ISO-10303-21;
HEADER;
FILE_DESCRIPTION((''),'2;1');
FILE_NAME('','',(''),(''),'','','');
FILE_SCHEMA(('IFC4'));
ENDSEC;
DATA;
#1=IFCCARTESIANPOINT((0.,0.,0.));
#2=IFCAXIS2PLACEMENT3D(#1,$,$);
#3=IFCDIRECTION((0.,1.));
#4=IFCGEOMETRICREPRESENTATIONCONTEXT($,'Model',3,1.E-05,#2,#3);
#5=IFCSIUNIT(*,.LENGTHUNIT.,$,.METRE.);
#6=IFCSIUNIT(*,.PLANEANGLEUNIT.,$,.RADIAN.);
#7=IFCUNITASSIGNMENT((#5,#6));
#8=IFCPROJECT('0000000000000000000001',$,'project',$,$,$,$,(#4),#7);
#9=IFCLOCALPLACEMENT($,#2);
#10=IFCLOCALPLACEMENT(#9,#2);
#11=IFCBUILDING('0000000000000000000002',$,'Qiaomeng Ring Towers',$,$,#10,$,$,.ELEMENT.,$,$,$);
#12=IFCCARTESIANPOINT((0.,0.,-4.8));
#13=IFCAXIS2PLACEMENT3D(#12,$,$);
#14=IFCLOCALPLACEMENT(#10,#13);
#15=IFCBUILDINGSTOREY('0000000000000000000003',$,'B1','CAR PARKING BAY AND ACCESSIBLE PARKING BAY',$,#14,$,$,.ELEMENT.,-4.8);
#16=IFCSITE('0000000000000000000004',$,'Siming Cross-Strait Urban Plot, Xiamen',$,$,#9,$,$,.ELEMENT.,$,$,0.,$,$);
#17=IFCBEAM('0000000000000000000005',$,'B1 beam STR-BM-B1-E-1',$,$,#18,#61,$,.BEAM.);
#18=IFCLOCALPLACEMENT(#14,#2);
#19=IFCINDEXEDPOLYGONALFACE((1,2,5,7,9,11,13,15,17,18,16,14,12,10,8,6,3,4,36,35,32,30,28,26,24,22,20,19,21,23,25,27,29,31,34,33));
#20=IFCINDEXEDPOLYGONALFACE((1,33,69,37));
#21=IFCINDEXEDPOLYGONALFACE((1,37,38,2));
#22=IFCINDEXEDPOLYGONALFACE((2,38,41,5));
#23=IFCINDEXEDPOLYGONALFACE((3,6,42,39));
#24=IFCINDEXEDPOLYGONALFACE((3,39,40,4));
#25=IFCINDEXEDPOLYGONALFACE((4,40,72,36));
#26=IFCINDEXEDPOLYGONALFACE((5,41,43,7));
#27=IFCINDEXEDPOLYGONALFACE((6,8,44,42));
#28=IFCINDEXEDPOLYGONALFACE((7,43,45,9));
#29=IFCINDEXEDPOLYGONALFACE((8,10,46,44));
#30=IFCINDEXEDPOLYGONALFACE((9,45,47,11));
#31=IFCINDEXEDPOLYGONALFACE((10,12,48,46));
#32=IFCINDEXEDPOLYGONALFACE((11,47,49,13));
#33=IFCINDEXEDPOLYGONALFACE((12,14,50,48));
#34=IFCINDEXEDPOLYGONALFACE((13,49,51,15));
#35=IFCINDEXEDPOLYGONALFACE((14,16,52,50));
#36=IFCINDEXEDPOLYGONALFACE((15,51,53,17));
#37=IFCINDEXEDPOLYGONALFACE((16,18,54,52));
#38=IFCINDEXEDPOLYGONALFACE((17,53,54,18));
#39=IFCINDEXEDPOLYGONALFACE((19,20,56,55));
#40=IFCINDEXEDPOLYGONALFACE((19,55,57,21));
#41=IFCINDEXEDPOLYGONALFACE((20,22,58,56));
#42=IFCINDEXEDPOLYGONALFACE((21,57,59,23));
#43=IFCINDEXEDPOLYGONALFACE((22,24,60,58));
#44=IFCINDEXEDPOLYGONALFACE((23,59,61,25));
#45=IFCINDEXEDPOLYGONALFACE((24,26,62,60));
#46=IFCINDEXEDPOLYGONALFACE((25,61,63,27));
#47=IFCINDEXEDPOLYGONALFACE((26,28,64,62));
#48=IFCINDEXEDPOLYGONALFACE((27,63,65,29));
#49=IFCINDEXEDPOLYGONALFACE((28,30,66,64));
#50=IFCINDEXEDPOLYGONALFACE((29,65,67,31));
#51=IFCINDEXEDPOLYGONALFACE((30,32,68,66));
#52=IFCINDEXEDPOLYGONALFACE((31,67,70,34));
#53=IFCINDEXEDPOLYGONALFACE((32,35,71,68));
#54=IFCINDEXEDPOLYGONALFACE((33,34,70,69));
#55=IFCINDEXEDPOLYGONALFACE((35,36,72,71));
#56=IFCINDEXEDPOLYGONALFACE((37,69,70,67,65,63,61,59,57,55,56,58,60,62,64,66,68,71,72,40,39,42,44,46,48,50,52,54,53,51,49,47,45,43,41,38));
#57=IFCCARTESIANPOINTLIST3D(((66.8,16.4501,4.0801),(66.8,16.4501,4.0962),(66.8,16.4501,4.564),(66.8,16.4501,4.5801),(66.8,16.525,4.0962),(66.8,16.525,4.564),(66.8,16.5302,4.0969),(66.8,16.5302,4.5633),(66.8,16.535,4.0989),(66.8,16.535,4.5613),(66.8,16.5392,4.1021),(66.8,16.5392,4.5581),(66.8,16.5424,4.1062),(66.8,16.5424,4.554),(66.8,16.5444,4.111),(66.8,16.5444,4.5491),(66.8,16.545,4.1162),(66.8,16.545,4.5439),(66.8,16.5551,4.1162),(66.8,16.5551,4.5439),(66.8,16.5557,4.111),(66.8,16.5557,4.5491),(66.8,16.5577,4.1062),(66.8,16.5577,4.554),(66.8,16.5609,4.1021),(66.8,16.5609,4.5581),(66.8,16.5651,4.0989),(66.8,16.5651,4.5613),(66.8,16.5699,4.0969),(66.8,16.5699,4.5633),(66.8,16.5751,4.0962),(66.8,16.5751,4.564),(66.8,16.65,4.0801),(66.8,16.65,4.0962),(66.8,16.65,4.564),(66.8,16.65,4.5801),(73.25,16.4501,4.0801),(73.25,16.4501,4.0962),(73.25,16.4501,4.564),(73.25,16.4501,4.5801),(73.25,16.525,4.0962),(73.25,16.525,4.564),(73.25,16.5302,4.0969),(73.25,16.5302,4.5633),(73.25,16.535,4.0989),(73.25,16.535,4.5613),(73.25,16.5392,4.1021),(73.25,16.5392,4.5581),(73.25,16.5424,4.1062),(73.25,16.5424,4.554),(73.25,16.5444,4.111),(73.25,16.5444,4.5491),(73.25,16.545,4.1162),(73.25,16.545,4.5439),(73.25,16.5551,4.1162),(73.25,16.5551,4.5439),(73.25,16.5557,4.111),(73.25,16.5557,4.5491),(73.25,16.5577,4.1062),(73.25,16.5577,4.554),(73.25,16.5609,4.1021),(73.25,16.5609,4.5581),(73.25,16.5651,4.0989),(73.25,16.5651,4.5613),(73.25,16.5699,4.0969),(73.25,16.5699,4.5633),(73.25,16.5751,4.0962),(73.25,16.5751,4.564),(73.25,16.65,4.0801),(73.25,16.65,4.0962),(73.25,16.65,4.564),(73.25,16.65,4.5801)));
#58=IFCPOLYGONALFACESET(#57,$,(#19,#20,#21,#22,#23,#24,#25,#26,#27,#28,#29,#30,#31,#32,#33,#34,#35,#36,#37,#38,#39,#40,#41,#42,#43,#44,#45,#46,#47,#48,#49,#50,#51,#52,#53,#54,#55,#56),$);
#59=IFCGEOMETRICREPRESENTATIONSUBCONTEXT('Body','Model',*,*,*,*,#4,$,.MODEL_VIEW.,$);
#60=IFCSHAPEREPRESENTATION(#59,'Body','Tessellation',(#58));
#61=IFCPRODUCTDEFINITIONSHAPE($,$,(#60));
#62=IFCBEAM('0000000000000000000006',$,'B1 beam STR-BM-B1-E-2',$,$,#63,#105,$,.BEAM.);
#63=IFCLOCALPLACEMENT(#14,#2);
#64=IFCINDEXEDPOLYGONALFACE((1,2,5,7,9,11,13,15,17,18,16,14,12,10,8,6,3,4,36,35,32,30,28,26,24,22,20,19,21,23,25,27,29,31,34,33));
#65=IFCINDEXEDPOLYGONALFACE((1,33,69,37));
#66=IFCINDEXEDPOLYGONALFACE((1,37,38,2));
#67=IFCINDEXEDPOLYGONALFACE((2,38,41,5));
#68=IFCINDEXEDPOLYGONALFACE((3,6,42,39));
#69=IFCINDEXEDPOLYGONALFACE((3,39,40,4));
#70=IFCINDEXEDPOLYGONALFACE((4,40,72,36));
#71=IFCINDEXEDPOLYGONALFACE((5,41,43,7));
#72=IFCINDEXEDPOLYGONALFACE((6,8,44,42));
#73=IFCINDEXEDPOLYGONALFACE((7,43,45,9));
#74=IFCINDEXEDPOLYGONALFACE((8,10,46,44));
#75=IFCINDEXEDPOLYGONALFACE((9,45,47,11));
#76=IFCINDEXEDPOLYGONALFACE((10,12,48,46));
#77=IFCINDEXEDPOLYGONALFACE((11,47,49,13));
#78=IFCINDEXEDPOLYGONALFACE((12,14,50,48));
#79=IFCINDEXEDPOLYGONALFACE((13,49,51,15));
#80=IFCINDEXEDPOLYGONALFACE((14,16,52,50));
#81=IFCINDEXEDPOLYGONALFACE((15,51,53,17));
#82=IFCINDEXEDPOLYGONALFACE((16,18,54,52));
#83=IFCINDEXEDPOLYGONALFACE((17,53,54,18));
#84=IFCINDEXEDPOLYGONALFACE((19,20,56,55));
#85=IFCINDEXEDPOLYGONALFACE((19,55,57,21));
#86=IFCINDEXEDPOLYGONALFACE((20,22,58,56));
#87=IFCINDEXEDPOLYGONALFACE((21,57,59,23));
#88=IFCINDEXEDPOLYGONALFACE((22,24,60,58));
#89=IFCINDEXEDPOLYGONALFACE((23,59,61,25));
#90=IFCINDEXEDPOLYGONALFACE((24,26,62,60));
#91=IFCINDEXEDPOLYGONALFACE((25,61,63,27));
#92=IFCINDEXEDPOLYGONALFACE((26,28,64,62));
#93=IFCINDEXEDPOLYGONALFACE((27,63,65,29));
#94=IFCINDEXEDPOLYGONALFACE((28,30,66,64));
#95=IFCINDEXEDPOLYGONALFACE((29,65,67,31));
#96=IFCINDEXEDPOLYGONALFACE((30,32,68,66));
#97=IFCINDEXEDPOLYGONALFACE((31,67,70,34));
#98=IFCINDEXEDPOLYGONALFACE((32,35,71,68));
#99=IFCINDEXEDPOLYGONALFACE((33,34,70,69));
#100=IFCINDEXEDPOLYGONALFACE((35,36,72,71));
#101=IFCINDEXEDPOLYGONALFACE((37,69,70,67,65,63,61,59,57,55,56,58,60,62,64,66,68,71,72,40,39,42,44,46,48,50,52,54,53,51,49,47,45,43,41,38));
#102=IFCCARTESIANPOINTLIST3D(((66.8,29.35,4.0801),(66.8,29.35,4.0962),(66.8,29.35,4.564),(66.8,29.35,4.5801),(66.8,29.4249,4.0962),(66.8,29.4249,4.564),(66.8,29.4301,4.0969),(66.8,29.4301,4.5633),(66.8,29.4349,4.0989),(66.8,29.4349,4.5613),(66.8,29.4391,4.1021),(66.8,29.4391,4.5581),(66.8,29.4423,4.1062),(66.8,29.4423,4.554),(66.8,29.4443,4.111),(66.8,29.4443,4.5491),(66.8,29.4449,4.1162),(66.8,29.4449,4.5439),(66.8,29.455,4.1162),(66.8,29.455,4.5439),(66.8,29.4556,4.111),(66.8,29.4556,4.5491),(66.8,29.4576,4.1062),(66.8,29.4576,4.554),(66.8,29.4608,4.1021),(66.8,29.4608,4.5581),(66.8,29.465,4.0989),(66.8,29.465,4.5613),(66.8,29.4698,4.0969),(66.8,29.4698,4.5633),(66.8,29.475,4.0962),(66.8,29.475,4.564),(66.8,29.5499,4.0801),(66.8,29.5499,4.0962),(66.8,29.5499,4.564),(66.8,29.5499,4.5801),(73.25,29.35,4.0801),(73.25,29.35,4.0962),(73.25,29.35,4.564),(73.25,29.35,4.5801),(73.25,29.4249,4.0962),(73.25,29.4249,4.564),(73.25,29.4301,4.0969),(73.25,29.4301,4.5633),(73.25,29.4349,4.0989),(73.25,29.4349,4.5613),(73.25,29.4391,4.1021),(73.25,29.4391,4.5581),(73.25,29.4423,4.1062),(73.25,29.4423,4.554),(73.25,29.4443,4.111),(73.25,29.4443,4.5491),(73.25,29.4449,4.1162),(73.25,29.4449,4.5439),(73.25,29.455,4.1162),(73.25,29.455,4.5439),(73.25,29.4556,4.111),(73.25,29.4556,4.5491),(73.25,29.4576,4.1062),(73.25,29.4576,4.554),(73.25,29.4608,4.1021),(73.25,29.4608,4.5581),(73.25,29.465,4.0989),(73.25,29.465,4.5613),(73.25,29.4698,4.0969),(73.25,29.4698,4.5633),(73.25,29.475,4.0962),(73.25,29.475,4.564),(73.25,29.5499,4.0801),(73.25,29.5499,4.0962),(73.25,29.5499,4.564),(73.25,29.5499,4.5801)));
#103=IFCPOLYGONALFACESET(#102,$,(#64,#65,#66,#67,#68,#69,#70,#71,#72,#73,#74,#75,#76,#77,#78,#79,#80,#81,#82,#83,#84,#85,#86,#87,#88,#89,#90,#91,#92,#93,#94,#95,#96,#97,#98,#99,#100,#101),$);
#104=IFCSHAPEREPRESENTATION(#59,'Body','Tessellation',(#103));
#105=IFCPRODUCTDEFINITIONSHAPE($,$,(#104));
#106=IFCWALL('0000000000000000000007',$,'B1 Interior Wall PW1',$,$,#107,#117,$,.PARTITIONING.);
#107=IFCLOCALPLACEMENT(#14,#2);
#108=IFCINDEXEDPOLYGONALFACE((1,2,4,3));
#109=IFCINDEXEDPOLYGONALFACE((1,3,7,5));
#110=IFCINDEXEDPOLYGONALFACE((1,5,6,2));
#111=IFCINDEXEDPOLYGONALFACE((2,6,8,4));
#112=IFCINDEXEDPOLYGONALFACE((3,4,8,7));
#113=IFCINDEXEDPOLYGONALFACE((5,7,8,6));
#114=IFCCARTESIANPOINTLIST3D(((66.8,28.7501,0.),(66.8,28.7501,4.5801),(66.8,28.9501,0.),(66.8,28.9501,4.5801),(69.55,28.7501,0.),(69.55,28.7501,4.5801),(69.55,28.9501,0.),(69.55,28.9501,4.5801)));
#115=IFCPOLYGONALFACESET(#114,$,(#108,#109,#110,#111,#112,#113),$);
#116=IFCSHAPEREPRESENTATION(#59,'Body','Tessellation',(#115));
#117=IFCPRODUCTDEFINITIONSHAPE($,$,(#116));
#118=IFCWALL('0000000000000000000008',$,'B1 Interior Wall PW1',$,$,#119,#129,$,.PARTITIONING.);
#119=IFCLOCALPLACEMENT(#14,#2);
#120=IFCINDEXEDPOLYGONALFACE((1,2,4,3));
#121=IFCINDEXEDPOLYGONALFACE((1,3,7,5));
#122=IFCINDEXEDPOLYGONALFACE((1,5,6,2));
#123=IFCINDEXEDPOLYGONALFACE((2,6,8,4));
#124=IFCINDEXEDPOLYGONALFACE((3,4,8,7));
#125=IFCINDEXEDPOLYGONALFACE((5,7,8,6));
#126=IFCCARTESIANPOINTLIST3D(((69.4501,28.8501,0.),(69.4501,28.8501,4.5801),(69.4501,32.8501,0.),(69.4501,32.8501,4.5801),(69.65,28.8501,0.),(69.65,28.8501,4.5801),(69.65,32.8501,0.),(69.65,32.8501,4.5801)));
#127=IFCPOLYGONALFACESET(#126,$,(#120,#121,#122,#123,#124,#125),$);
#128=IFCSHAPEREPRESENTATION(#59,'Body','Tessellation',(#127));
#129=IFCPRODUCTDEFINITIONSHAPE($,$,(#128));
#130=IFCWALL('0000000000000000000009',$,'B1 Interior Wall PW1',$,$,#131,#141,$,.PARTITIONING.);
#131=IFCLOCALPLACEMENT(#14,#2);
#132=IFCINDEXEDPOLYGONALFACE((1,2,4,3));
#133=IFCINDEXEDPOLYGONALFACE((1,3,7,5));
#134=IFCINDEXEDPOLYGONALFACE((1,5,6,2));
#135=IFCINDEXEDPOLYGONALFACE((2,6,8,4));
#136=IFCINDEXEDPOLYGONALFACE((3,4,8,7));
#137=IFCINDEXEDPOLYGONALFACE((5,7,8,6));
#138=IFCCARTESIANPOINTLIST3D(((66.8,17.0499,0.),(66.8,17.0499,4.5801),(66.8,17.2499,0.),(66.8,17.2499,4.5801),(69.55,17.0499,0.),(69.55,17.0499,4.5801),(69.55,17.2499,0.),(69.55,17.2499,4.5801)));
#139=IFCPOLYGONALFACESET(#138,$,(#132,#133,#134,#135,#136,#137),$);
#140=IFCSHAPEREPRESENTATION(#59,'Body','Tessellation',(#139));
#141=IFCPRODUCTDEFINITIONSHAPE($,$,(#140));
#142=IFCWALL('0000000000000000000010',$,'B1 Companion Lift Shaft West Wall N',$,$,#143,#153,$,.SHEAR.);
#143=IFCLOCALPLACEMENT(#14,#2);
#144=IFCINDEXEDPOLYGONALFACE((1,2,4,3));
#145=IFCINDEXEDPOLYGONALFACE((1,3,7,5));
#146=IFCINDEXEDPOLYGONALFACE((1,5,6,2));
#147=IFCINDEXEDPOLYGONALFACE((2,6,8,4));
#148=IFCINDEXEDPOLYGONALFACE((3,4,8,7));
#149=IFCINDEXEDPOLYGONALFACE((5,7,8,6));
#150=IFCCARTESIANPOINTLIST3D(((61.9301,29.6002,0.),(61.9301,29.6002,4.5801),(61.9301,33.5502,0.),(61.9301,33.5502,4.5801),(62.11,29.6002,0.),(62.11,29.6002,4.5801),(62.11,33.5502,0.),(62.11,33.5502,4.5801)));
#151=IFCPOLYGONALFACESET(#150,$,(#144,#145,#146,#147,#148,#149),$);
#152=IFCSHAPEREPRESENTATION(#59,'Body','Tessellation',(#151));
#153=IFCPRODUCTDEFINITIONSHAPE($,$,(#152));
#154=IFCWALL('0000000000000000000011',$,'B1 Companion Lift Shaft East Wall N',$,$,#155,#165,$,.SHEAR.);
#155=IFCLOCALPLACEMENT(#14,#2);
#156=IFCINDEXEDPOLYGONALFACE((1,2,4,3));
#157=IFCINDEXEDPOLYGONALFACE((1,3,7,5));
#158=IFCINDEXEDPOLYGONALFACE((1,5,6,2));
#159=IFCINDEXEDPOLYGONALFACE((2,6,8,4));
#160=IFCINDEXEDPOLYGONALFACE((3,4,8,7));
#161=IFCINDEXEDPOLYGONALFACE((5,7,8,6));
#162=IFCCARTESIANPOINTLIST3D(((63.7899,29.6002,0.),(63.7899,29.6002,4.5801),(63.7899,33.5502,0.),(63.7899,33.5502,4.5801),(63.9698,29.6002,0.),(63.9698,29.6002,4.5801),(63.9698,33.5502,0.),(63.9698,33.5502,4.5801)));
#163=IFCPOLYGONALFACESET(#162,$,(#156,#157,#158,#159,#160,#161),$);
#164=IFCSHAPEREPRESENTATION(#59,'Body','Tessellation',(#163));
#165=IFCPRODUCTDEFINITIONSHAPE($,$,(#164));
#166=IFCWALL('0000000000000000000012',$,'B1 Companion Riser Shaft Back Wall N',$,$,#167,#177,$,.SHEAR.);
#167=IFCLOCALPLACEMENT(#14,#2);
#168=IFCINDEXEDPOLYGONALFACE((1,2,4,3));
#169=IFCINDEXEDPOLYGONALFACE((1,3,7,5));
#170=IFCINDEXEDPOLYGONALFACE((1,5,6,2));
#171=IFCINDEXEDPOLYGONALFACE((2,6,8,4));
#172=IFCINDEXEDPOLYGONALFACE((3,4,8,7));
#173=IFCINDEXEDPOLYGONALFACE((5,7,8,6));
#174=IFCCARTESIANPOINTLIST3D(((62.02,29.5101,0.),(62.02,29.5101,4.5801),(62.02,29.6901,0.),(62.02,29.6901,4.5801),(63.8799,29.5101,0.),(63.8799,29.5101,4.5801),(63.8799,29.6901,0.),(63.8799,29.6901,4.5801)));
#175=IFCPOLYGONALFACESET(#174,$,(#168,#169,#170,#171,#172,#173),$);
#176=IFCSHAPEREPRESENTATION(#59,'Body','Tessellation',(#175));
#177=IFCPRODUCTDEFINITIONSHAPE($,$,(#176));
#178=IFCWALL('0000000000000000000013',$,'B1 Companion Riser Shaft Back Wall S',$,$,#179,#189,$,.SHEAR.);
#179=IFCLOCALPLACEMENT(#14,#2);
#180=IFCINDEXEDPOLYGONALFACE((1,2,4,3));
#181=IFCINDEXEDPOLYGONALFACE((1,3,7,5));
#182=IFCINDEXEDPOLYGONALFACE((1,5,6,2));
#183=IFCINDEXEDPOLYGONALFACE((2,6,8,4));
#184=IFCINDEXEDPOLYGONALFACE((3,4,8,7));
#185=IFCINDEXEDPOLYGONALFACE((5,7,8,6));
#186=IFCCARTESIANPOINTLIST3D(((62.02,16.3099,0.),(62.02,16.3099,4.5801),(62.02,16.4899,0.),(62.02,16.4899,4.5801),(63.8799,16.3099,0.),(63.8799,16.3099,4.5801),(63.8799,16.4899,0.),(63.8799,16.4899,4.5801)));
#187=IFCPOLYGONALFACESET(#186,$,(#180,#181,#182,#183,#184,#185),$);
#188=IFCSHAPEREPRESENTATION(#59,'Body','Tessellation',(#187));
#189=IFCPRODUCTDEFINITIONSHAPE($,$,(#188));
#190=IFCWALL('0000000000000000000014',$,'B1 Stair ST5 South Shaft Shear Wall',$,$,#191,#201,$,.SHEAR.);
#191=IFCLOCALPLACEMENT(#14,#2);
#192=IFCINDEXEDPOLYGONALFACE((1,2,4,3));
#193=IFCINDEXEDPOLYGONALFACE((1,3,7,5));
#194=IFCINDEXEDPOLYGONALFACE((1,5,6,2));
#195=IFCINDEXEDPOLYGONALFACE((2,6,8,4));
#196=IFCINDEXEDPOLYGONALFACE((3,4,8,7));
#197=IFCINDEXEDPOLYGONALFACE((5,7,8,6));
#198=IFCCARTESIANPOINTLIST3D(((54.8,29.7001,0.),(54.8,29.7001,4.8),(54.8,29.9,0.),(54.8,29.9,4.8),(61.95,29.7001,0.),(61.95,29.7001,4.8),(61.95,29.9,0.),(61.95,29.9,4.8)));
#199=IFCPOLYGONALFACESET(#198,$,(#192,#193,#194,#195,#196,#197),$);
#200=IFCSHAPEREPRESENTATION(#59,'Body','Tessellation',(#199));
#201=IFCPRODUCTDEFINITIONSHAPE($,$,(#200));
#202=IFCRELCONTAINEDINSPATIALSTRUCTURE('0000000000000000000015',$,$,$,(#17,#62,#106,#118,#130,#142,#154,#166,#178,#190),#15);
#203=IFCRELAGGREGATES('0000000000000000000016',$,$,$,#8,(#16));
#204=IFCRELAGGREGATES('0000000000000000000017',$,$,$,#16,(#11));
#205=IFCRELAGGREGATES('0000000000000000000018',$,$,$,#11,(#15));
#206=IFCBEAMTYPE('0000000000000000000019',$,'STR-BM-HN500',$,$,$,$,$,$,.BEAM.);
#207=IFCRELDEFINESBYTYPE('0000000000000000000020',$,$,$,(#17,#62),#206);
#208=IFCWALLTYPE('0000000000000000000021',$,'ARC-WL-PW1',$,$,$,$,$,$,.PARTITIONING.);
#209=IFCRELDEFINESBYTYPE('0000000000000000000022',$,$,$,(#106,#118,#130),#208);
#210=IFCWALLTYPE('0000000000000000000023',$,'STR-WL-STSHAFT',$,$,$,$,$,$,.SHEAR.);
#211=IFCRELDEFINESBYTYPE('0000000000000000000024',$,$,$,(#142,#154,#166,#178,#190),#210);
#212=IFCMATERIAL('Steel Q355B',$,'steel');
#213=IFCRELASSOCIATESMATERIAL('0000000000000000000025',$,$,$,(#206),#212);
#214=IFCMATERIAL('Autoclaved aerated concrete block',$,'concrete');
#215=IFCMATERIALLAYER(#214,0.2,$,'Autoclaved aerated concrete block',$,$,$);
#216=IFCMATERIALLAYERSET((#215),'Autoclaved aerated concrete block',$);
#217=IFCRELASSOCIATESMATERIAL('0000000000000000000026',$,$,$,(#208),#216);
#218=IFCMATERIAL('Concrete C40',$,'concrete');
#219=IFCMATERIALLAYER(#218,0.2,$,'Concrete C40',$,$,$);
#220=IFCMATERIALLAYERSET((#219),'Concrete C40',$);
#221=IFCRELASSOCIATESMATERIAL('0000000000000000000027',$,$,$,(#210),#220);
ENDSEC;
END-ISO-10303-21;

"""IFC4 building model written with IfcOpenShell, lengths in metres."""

from ifc_helpers import new_model, si_unit, direction, frame, frame_2d, origin, origin_2d, place, context, subcontext, project, spatial, rectangle, i_section, extrude, source, transform, mapped, material, layer, layer_set, material_profile, profile_set, type_object, element, save


model = new_model("IFC4")

# Units and contexts
model_context = context("Model", 3, precision=1e-05, world=origin(), true_north=direction((0.0, 1.0)))
body_context = subcontext(model_context, "Body", "Model", "MODEL_VIEW")
ifc_project = project(units=[si_unit("LENGTHUNIT", "METRE"), si_unit("PLANEANGLEUNIT", "RADIAN")], contexts=[model_context])

# Site, building, storey
site_placement = place(None, origin())
site = spatial("IfcSite", under=ifc_project, at=site_placement, Name="Siming Cross-Strait Urban Plot, Xiamen", CompositionType="ELEMENT", RefElevation=0.0)
building_placement = place(site_placement, origin())
building = spatial("IfcBuilding", under=site, at=building_placement, Name="Qiaomeng Ring Towers", CompositionType="ELEMENT")
storey_placement = place(building_placement, frame((0.0, 0.0, -4.8)))
storey = spatial("IfcBuildingStorey", under=building, at=storey_placement, Name="B1", Description="CAR PARKING BAY AND ACCESSIBLE PARKING BAY", CompositionType="ELEMENT", Elevation=-4.8)

# Beams
ifc_material_1 = material(Name="Steel Q355B", Category="steel")
ifc_material_profile = material_profile(ifc_material_1, i_section(OverallWidth=0.2, OverallDepth=0.5, WebThickness=0.01, FlangeThickness=0.0161, FilletRadius=0.02, at=origin_2d()), Name="HN 500x200x10x16")
ifc_profile_set = profile_set([ifc_material_profile], Name="Steel Q355B")
beam_type = type_object("IfcBeamType", Name="STR-BM-HN500", PredefinedType="BEAM", material=ifc_profile_set)
shared_shape_1 = source(origin(), body_context, "Body", "SweptSolid", [
    extrude(i_section(OverallWidth=0.2, OverallDepth=0.5, WebThickness=0.01, FlangeThickness=0.0161, FilletRadius=0.02, at=origin_2d()), origin(), (0.0, 0.0, 1.0), 6.45),
])
for number, where, z_axis, x_axis, name in (
    (1, (66.8, 16.55, 4.3301), (1.0, 0.0, 0.0), (0.0, 1.0, 0.0), "B1 beam STR-BM-B1-E-1"),
    (2, (66.8, 29.45, 4.3301), (1.0, 0.0, 0.0), (0.0, 1.0, 0.0), "B1 beam STR-BM-B1-E-2"),
):
    element("IfcBeam", number, at=place(storey_placement, frame(where, z_axis=z_axis, x_axis=x_axis)), inside=storey, type_object=beam_type, Name=name, PredefinedType="BEAM", context=body_context, shape_type="MappedRepresentation", body=[
        mapped(shared_shape_1, transform((0.0, 0.0, 0.0), x_axis=(1.0, 0.0, 0.0), y_axis=(0.0, 1.0, 0.0), z_axis=(0.0, 0.0, 1.0), scale=1.0)),
    ])

# Walls
ifc_material_2 = material(Name="Autoclaved aerated concrete block", Category="concrete")
ifc_layer_1 = layer(ifc_material_2, 0.2, Name="Autoclaved aerated concrete block")
ifc_layer_set_1 = layer_set([ifc_layer_1], Name="Autoclaved aerated concrete block")
wall_type_1 = type_object("IfcWallType", Name="ARC-WL-PW1", PredefinedType="PARTITIONING", material=ifc_layer_set_1)
wall_1_placement = place(storey_placement, frame((66.8, 28.8501, 0.0), z_axis=(0.0, 0.0, 1.0), x_axis=(1.0, 0.0, 0.0)))
element("IfcWall", 3, at=wall_1_placement, inside=storey, type_object=wall_type_1, Name="B1 Interior Wall PW1", PredefinedType="PARTITIONING", context=body_context, shape_type="SweptSolid", body=[
    extrude(rectangle(XDim=2.75, YDim=0.2, at=frame_2d((1.375, 0.0))), origin(), (0.0, 0.0, 1.0), 4.5801),
])
wall_2_placement = place(storey_placement, frame((69.55, 28.8501, 0.0), z_axis=(0.0, 0.0, 1.0), x_axis=(0.0, 1.0, 0.0)))
element("IfcWall", 4, at=wall_2_placement, inside=storey, type_object=wall_type_1, Name="B1 Interior Wall PW1", PredefinedType="PARTITIONING", context=body_context, shape_type="SweptSolid", body=[
    extrude(rectangle(XDim=4.0, YDim=0.2, at=frame_2d((2.0, 0.0))), origin(), (0.0, 0.0, 1.0), 4.5801),
])
wall_3_placement = place(storey_placement, frame((66.8, 17.1499, 0.0), z_axis=(0.0, 0.0, 1.0), x_axis=(1.0, 0.0, 0.0)))
element("IfcWall", 5, at=wall_3_placement, inside=storey, type_object=wall_type_1, Name="B1 Interior Wall PW1", PredefinedType="PARTITIONING", context=body_context, shape_type="SweptSolid", body=[
    extrude(rectangle(XDim=2.75, YDim=0.2, at=frame_2d((1.375, 0.0))), origin(), (0.0, 0.0, 1.0), 4.5801),
])
ifc_material_3 = material(Name="Concrete C40", Category="concrete")
ifc_layer_2 = layer(ifc_material_3, 0.2, Name="Concrete C40")
ifc_layer_set_2 = layer_set([ifc_layer_2], Name="Concrete C40")
wall_type_2 = type_object("IfcWallType", Name="STR-WL-STSHAFT", PredefinedType="SHEAR", material=ifc_layer_set_2)
for number, where, z_axis, x_axis, name in (
    (6, (62.02, 29.6001, 0.0), (0.0, 0.0, 1.0), (0.0, 1.0, 0.0), "B1 Companion Lift Shaft West Wall N"),
    (7, (63.8799, 29.6001, 0.0), (0.0, 0.0, 1.0), (0.0, 1.0, 0.0), "B1 Companion Lift Shaft East Wall N"),
):
    element("IfcWall", number, at=place(storey_placement, frame(where, z_axis=z_axis, x_axis=x_axis)), inside=storey, type_object=wall_type_2, Name=name, PredefinedType="SHEAR", context=body_context, shape_type="SweptSolid", body=[
        extrude(rectangle(XDim=3.95, YDim=0.1799, at=frame_2d((1.9751, 0.0))), origin(), (0.0, 0.0, 1.0), 4.5801),
    ])
for number, where, z_axis, x_axis, name in (
    (8, (62.02, 29.6001, 0.0), (0.0, 0.0, 1.0), (1.0, 0.0, 0.0), "B1 Companion Riser Shaft Back Wall N"),
    (9, (62.02, 16.3999, 0.0), (0.0, 0.0, 1.0), (1.0, 0.0, 0.0), "B1 Companion Riser Shaft Back Wall S"),
):
    element("IfcWall", number, at=place(storey_placement, frame(where, z_axis=z_axis, x_axis=x_axis)), inside=storey, type_object=wall_type_2, Name=name, PredefinedType="SHEAR", context=body_context, shape_type="SweptSolid", body=[
        extrude(rectangle(XDim=1.8599, YDim=0.1799, at=frame_2d((0.9299, 0.0))), origin(), (0.0, 0.0, 1.0), 4.5801),
    ])
wall_4_placement = place(storey_placement, frame((54.8, 29.8, 0.0), z_axis=(0.0, 0.0, 1.0), x_axis=(1.0, 0.0, 0.0)))
element("IfcWall", 10, at=wall_4_placement, inside=storey, type_object=wall_type_2, Name="B1 Stair ST5 South Shaft Shear Wall", PredefinedType="SHEAR", context=body_context, shape_type="SweptSolid", body=[
    extrude(rectangle(XDim=7.1499, YDim=0.2, at=frame_2d((3.575, 0.0))), origin(), (0.0, 0.0, 1.0), 4.8),
])

save(model, "model.ifc")
